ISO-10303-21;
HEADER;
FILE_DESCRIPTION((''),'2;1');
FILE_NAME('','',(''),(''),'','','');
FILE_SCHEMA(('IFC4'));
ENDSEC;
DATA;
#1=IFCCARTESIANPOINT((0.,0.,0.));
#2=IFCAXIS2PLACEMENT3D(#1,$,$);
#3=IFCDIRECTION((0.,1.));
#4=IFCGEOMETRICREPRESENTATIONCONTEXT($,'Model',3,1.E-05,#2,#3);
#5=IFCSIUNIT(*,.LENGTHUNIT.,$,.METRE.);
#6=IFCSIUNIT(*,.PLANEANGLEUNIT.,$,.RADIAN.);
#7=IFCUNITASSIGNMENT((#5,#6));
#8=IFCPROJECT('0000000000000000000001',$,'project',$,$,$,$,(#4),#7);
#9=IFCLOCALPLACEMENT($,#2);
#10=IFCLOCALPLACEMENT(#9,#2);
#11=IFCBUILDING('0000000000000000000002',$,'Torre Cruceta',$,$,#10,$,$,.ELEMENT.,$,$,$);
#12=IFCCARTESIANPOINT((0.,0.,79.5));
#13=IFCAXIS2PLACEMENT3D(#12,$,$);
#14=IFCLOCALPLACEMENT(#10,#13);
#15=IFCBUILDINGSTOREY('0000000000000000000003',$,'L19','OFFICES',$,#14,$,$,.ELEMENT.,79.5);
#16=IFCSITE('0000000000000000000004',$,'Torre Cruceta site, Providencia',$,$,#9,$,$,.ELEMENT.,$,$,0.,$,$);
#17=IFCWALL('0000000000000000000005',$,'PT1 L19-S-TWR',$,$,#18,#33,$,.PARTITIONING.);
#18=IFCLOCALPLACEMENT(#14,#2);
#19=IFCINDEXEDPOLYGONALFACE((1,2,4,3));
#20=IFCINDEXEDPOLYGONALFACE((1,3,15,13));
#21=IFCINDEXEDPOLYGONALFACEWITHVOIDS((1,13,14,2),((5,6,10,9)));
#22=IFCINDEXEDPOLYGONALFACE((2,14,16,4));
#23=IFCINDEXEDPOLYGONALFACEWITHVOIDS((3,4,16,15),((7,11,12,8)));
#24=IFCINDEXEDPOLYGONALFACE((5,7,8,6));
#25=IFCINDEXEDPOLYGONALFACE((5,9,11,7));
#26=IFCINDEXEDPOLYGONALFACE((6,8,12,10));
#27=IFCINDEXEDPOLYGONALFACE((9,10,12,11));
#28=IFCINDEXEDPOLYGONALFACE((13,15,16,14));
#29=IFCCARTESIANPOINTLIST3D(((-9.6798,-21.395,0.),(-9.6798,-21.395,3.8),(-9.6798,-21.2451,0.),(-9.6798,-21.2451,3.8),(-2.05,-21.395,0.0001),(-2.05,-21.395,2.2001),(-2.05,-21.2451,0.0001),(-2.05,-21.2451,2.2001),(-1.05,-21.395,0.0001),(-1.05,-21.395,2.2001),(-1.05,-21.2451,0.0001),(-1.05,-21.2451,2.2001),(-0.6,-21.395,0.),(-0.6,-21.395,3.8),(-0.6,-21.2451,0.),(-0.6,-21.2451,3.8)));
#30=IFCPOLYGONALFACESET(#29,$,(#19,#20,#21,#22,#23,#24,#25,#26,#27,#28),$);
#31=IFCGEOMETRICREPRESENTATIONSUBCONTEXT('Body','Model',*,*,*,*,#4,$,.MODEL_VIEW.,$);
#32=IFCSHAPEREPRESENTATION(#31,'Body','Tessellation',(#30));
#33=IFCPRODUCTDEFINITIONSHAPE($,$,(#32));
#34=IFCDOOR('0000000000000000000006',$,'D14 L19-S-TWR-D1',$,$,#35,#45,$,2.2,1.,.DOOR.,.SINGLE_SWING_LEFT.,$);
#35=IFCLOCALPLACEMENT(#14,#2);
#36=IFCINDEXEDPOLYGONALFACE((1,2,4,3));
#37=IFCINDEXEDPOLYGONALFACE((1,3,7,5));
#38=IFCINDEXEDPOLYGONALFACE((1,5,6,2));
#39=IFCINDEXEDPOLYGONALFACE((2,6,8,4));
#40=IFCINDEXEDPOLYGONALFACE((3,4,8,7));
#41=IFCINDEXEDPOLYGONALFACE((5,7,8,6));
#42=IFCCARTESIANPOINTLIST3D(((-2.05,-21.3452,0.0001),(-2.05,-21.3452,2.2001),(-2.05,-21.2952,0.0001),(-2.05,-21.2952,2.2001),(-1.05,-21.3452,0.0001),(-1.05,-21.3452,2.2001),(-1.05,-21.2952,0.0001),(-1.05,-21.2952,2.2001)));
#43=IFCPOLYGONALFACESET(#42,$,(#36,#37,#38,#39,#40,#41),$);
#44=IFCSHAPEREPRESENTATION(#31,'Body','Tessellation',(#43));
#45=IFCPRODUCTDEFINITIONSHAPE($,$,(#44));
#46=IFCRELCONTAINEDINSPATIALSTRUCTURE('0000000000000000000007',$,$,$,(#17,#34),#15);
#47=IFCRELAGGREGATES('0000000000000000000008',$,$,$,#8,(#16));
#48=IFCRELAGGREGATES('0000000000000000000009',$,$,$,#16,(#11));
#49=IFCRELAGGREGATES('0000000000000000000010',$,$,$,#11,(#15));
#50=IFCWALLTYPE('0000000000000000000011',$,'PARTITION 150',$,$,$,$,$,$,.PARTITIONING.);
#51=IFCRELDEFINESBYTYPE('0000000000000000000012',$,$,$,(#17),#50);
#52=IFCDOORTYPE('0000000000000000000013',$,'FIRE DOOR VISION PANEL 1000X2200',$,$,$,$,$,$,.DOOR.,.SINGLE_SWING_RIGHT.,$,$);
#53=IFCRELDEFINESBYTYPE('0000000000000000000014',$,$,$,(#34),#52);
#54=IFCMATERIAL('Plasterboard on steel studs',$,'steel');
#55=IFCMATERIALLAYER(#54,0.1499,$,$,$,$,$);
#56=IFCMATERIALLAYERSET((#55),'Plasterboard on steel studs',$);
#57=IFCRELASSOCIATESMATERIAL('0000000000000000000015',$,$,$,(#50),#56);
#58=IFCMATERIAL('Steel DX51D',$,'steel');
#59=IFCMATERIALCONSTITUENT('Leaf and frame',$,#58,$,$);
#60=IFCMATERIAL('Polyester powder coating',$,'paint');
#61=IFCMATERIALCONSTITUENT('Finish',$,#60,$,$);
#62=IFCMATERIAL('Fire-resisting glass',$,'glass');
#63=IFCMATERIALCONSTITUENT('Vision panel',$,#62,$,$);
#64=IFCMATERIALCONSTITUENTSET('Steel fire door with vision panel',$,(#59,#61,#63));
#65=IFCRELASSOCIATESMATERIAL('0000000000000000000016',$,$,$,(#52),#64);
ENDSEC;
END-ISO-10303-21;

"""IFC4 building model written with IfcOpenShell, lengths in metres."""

from ifc_helpers import new_model, si_unit, direction, frame, frame_2d, origin, place, context, subcontext, project, spatial, rectangle, extrude, material, layer, layer_set, constituent, constituent_set, type_object, element, fill, save


model = new_model("IFC4")

# Units and contexts
model_context = context("Model", 3, precision=1e-05, world=origin(), true_north=direction((0.0, 1.0)))
body_context = subcontext(model_context, "Body", "Model", "MODEL_VIEW")
ifc_project = project(units=[si_unit("LENGTHUNIT", "METRE"), si_unit("PLANEANGLEUNIT", "RADIAN")], contexts=[model_context])

# Site, building, storey
site_placement = place(None, origin())
site = spatial("IfcSite", under=ifc_project, at=site_placement, Name="Torre Cruceta site, Providencia", CompositionType="ELEMENT", RefElevation=0.0)
building_placement = place(site_placement, origin())
building = spatial("IfcBuilding", under=site, at=building_placement, Name="Torre Cruceta", CompositionType="ELEMENT")
storey_placement = place(building_placement, frame((0.0, 0.0, 79.5)))
storey = spatial("IfcBuildingStorey", under=building, at=storey_placement, Name="L19", Description="OFFICES", CompositionType="ELEMENT", Elevation=79.5)

# Wall, opening, door
ifc_material_1 = material(Name="Plasterboard on steel studs", Category="steel")
ifc_layer_1 = layer(ifc_material_1, 0.1499)
ifc_layer_set_1 = layer_set([ifc_layer_1], Name="Plasterboard on steel studs")
wall_type_1 = type_object("IfcWallType", Name="PARTITION 150", PredefinedType="PARTITIONING", material=ifc_layer_set_1)
wall_1_placement = place(storey_placement, frame((-9.6799, -21.3201, 0.0), z_axis=(0.0, 0.0, 1.0), x_axis=(1.0, 0.0, 0.0)))
wall_1 = element("IfcWall", 1, at=wall_1_placement, inside=storey, type_object=wall_type_1, Name="PT1 L19-S-TWR", PredefinedType="PARTITIONING", context=body_context, shape_type="SweptSolid", body=[
    extrude(rectangle(XDim=9.0798, YDim=0.1499, at=frame_2d((4.54, 0.0))), origin(), (0.0, 0.0, 1.0), 3.8),
])
opening_1_placement = place(wall_1_placement, frame((7.6299, 0.0, 0.0)))
opening_1 = element("IfcOpeningElement", 2, at=opening_1_placement, cuts=wall_1, PredefinedType="OPENING", context=body_context, shape_type="SweptSolid", body=[
    extrude(rectangle(XDim=1.0, YDim=2.2, at=frame_2d((0.5, 1.1001))), frame((0.0, 0.085, 0.0), z_axis=(0.0, -1.0, 0.0), x_axis=(1.0, 0.0, 0.0)), (0.0, 0.0, 1.0), 0.1699),
])
ifc_material_2 = material(Name="Steel DX51D", Category="steel")
ifc_constituent_1 = constituent(ifc_material_2, Name="Leaf and frame")
ifc_material_3 = material(Name="Polyester powder coating", Category="paint")
ifc_constituent_2 = constituent(ifc_material_3, Name="Finish")
ifc_material_4 = material(Name="Fire-resisting glass", Category="glass")
ifc_constituent_3 = constituent(ifc_material_4, Name="Vision panel")
ifc_constituent_set_1 = constituent_set(constituents=[ifc_constituent_1, ifc_constituent_2, ifc_constituent_3], Name="Steel fire door with vision panel")
door_type = type_object("IfcDoorType", Name="FIRE DOOR VISION PANEL 1000X2200", OperationType="SINGLE_SWING_RIGHT", PredefinedType="DOOR", material=ifc_constituent_set_1)
door_placement = place(opening_1_placement, frame((1.0, 0.0, 0.0), z_axis=(0.0, 0.0, 1.0), x_axis=(-1.0, 0.0, 0.0)))
door = element("IfcDoor", 3, at=door_placement, inside=storey, type_object=door_type, Name="D14 L19-S-TWR-D1", OperationType="SINGLE_SWING_LEFT", OverallHeight=2.2, OverallWidth=1.0, PredefinedType="DOOR", context=body_context, shape_type="SweptSolid", body=[
    extrude(rectangle(XDim=1.0, YDim=2.2, at=frame_2d((0.5, 1.1001))), frame((0.0, 0.0251, 0.0), z_axis=(0.0, -1.0, 0.0), x_axis=(1.0, 0.0, 0.0)), (0.0, 0.0, 1.0), 0.05),
])
fill(opening_1, door)

save(model, "model.ifc")
